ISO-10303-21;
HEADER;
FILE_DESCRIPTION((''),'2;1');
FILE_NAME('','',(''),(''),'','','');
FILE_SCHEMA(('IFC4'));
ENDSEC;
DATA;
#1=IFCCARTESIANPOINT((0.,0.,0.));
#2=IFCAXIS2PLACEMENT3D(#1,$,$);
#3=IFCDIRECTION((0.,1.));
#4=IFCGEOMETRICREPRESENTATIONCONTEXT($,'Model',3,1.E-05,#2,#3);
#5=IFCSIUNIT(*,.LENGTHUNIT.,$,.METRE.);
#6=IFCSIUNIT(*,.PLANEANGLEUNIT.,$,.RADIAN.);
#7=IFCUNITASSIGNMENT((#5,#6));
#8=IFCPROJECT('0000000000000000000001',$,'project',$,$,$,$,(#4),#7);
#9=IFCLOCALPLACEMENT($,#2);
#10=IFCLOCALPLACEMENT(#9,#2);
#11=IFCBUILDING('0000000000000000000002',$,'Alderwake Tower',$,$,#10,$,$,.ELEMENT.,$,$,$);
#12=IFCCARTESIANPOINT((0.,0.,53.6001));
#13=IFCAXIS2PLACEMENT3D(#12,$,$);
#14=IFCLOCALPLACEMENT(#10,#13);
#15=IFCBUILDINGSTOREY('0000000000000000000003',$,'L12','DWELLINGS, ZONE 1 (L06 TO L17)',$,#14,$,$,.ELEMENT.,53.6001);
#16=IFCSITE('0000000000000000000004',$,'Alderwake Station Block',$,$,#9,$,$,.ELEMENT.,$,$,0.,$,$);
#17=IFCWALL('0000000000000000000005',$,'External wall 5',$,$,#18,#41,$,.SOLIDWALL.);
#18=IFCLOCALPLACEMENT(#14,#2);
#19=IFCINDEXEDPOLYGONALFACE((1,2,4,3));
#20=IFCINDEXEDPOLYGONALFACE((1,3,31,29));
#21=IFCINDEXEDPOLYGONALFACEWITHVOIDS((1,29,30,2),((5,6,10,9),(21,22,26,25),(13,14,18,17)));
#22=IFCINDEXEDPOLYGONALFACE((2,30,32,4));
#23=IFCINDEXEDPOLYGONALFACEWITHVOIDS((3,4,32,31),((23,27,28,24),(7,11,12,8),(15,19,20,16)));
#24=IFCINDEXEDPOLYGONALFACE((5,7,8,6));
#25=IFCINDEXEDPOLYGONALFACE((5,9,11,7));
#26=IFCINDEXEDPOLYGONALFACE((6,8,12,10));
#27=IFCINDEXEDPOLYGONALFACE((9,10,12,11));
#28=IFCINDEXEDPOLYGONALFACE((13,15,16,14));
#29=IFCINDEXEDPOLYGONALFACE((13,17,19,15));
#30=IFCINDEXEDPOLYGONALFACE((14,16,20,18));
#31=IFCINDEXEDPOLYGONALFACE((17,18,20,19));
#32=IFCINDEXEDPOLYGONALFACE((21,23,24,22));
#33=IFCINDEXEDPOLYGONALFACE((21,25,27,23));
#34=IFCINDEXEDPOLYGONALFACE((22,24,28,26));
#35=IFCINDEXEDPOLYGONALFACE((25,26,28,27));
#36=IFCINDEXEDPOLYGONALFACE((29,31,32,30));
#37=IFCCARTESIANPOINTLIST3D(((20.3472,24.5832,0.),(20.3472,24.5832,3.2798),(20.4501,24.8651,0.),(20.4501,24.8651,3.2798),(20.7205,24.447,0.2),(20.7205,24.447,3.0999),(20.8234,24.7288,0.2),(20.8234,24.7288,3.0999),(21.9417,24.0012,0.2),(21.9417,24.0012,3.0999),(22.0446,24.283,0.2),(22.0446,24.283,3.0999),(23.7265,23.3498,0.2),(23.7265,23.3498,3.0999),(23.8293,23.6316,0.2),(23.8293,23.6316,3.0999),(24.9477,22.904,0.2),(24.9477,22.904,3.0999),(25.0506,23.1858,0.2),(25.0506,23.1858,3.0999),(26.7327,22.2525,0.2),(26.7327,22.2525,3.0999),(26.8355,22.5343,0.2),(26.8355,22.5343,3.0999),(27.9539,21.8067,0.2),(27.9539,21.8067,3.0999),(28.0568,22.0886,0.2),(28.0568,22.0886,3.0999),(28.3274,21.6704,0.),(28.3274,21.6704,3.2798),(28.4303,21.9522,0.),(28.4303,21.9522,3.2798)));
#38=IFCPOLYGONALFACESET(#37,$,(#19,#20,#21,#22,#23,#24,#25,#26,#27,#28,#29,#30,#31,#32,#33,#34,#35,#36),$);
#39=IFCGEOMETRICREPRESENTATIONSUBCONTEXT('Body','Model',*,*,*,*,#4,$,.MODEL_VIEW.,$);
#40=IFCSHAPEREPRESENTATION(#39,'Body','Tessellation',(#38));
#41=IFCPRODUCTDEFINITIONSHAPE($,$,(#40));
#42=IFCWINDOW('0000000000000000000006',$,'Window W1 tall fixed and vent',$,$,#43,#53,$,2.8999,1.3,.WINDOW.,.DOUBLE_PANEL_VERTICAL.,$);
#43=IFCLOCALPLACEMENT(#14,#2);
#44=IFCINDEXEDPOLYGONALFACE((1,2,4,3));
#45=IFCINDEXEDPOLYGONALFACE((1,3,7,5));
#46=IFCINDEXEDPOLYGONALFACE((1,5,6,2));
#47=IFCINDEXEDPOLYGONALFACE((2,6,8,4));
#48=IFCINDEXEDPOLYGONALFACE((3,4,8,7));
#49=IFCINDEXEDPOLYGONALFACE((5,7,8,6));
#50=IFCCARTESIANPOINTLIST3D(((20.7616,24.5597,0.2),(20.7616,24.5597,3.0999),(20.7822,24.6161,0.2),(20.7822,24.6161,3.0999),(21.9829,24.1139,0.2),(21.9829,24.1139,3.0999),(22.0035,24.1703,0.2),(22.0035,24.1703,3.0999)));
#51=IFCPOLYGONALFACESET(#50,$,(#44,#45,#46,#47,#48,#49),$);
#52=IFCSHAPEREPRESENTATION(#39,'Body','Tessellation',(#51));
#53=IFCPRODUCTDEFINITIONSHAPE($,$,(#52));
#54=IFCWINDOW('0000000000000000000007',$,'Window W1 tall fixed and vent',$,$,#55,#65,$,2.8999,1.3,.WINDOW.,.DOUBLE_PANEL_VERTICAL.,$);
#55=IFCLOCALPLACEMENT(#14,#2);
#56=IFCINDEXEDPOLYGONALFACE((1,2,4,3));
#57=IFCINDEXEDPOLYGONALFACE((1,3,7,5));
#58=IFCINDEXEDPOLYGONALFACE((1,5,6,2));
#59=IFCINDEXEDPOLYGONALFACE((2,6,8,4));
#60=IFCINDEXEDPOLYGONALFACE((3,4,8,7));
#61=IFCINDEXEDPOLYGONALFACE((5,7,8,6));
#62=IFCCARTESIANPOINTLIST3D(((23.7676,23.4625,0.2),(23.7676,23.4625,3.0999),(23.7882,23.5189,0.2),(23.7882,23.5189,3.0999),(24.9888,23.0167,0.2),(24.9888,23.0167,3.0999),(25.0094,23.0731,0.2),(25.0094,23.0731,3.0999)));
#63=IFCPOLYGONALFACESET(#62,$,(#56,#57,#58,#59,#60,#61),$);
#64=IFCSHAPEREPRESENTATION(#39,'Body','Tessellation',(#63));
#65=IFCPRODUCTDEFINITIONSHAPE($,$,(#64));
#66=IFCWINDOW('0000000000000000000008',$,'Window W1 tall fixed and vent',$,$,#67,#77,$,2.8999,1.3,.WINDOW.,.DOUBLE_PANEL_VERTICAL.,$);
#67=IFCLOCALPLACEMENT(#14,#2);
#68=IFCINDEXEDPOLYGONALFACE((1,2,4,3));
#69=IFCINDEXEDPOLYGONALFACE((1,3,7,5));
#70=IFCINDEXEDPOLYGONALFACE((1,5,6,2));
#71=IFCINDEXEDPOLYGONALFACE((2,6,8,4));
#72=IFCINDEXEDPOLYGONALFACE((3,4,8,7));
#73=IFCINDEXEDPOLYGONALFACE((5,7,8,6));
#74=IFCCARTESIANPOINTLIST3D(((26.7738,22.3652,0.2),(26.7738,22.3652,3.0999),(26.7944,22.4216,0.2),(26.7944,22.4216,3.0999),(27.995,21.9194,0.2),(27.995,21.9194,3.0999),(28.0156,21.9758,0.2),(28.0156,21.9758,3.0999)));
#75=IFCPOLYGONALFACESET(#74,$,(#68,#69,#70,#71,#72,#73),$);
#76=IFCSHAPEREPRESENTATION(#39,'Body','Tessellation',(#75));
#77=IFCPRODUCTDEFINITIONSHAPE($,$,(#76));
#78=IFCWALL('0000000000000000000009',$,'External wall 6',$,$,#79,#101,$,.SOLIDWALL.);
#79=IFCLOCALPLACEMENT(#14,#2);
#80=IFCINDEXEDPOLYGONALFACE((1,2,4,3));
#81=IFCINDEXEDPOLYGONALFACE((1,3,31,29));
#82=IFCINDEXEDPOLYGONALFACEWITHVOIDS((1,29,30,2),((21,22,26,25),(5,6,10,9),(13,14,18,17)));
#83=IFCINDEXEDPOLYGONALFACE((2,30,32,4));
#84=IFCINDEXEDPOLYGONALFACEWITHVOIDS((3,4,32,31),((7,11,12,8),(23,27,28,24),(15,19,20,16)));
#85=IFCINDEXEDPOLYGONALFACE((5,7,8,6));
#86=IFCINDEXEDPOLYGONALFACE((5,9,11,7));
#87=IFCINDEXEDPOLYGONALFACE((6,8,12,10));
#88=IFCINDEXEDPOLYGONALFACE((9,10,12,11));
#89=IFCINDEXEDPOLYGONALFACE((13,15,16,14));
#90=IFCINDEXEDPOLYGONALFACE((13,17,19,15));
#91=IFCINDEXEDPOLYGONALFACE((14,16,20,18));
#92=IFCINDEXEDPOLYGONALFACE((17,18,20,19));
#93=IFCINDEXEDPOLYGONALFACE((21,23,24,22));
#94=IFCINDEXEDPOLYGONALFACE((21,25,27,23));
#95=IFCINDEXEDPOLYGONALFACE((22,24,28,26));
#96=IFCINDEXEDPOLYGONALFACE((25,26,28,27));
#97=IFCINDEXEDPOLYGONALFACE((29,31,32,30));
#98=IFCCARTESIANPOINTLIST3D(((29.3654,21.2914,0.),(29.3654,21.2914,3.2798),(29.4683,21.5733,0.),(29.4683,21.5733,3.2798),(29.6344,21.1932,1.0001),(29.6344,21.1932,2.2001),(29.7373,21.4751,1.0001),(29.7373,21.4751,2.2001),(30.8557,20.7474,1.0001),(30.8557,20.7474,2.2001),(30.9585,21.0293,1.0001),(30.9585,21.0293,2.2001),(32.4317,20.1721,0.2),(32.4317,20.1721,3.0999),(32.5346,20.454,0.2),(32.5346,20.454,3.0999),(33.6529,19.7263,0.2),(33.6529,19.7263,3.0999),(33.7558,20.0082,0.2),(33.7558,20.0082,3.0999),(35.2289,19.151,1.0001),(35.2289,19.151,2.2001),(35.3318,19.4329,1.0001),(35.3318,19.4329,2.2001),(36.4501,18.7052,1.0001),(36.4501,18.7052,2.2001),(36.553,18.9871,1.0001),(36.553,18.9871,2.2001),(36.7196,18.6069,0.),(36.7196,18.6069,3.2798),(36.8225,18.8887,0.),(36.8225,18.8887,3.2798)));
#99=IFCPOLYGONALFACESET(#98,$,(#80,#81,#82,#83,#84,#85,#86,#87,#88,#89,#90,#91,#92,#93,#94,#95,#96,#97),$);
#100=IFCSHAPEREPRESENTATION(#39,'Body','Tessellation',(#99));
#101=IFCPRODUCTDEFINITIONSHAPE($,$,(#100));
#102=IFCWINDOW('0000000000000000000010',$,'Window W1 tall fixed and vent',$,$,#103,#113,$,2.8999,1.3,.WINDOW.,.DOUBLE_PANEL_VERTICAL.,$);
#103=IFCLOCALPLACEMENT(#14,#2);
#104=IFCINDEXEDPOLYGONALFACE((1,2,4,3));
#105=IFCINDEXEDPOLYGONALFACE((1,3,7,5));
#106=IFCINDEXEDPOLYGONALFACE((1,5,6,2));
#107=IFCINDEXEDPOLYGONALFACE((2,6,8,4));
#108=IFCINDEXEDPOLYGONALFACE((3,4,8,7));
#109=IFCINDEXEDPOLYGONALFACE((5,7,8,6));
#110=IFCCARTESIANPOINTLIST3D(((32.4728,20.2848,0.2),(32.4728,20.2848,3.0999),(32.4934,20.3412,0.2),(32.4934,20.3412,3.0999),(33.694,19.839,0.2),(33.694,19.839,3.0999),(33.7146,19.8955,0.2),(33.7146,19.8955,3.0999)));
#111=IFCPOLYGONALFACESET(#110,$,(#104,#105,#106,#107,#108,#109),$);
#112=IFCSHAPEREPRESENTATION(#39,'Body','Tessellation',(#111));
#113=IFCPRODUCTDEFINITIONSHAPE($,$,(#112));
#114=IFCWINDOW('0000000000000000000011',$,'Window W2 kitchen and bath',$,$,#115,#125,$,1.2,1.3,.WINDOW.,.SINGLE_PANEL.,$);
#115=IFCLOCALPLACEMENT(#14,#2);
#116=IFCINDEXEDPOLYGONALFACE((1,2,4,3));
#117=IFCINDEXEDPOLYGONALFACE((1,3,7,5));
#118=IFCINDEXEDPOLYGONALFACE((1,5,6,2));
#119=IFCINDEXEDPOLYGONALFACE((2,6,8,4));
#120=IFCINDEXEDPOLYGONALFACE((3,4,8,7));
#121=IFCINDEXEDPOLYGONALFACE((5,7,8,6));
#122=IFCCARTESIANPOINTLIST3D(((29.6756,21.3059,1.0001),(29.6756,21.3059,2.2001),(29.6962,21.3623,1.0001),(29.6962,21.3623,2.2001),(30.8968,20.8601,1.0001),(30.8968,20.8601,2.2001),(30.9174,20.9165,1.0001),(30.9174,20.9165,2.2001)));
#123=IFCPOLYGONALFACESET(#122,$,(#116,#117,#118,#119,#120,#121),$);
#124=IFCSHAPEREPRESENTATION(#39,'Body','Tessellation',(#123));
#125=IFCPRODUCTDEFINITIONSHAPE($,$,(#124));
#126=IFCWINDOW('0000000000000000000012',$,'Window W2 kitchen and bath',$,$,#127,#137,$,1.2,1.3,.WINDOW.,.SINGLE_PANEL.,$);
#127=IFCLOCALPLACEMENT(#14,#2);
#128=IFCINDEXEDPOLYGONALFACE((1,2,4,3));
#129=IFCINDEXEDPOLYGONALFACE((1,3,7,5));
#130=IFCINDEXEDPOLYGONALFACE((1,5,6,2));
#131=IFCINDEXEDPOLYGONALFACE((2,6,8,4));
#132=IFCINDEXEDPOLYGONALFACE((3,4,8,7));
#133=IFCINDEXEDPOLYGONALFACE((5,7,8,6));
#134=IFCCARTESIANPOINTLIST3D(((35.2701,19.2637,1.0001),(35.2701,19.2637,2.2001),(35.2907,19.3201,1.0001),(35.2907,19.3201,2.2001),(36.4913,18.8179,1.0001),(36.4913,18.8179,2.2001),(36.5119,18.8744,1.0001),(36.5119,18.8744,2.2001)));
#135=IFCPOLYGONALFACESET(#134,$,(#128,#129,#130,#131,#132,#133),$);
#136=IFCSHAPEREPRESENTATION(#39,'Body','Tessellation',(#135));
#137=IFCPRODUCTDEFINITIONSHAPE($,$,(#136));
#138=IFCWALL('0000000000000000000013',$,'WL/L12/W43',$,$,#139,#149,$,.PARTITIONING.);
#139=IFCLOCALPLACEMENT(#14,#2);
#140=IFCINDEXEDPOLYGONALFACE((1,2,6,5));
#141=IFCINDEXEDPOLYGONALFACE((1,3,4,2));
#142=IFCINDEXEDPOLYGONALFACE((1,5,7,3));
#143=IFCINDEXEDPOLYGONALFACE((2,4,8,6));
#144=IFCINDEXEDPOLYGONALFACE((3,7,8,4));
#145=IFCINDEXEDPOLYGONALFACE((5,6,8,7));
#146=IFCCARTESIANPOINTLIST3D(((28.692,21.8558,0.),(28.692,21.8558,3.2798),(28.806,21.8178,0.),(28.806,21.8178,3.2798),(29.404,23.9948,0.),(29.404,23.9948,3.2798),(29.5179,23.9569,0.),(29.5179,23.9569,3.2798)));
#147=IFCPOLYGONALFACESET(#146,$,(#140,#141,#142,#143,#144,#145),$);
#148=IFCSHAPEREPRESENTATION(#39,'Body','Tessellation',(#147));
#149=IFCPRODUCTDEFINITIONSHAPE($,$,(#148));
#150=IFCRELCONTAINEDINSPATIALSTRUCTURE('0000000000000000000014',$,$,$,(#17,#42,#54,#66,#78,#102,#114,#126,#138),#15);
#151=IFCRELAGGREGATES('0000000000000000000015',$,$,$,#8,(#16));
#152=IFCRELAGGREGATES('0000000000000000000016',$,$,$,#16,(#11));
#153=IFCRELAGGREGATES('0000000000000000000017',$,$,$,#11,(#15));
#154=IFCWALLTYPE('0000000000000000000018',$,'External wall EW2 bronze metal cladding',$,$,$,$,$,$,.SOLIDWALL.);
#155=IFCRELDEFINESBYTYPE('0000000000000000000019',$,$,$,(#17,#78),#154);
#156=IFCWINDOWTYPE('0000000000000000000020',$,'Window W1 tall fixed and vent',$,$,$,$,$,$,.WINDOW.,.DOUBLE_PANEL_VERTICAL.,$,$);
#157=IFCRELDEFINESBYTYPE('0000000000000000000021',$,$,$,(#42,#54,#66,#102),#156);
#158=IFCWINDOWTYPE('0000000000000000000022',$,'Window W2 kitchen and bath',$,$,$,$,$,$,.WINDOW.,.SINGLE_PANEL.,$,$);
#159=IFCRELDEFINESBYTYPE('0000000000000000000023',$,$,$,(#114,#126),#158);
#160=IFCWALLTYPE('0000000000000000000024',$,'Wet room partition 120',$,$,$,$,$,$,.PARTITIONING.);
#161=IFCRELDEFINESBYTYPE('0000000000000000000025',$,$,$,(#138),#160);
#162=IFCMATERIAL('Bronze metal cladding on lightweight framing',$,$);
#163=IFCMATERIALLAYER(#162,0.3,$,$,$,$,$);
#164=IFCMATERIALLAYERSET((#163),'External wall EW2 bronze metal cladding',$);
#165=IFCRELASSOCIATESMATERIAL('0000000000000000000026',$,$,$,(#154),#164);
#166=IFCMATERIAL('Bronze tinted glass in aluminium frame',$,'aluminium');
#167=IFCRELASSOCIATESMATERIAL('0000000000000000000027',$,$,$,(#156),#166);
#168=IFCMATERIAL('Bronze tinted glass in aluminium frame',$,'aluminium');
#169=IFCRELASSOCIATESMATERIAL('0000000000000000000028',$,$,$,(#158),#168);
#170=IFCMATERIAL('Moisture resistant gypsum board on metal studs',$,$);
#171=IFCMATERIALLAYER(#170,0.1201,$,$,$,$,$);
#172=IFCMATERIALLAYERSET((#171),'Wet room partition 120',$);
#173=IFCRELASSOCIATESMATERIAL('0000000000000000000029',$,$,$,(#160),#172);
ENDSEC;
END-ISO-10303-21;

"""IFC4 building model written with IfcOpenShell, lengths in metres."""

from ifc_helpers import new_model, si_unit, direction, frame, frame_2d, origin, place, context, subcontext, project, spatial, rectangle, extrude, material, layer, layer_set, type_object, element, fill, save


model = new_model("IFC4")

# Units and contexts
model_context = context("Model", 3, precision=1e-05, world=origin(), true_north=direction((0.0, 1.0)))
body_context = subcontext(model_context, "Body", "Model", "MODEL_VIEW")
ifc_project = project(units=[si_unit("LENGTHUNIT", "METRE"), si_unit("PLANEANGLEUNIT", "RADIAN")], contexts=[model_context])

# Site, building, storey
site_placement = place(None, origin())
site = spatial("IfcSite", under=ifc_project, at=site_placement, Name="Alderwake Station Block", CompositionType="ELEMENT", RefElevation=0.0)
building_placement = place(site_placement, origin())
building = spatial("IfcBuilding", under=site, at=building_placement, Name="Alderwake Tower", CompositionType="ELEMENT")
storey_placement = place(building_placement, frame((0.0, 0.0, 53.6001)))
storey = spatial("IfcBuildingStorey", under=building, at=storey_placement, Name="L12", Description="DWELLINGS, ZONE 1 (L06 TO L17)", CompositionType="ELEMENT", Elevation=53.6001)

# Walls, openings, windows
ifc_material_1 = material(Name="Bronze metal cladding on lightweight framing")
ifc_layer_1 = layer(ifc_material_1, 0.3)
ifc_layer_set_1 = layer_set([ifc_layer_1], Name="External wall EW2 bronze metal cladding")
wall_type_1 = type_object("IfcWallType", Name="External wall EW2 bronze metal cladding", PredefinedType="SOLIDWALL", material=ifc_layer_set_1)
ifc_material_2 = material(Name="Bronze tinted glass in aluminium frame", Category="aluminium")
window_type_1 = type_object("IfcWindowType", Name="Window W1 tall fixed and vent", PartitioningType="DOUBLE_PANEL_VERTICAL", PredefinedType="WINDOW", material=ifc_material_2)
wall_1_placement = place(storey_placement, frame((20.3987, 24.7241, 0.0), z_axis=(0.0, 0.0, 1.0), x_axis=(0.939379, -0.34288, 0.0)))
wall_1 = element("IfcWall", 1, at=wall_1_placement, inside=storey, type_object=wall_type_1, Name="External wall 5", PredefinedType="SOLIDWALL", context=body_context, shape_type="SweptSolid", body=[
    extrude(rectangle(XDim=8.4951, YDim=0.3, at=frame_2d((4.2476, 0.0))), origin(), (0.0, 0.0, 1.0), 3.2798),
])
opening_1_placement = place(wall_1_placement, frame((0.3975, 0.0, 0.2)))
opening_1 = element("IfcOpeningElement", 2, at=opening_1_placement, cuts=wall_1, PredefinedType="OPENING", context=body_context, shape_type="SweptSolid", body=[
    extrude(rectangle(XDim=1.3, YDim=2.8999, at=frame_2d((0.6499, 1.45))), frame((0.0, 0.1599, 0.0), z_axis=(0.0, -1.0, 0.0), x_axis=(1.0, 0.0, 0.0)), (0.0, 0.0, 1.0), 0.3201),
])
opening_2_placement = place(wall_1_placement, frame((3.5974, 0.0, 0.2)))
opening_2 = element("IfcOpeningElement", 3, at=opening_2_placement, cuts=wall_1, PredefinedType="OPENING", context=body_context, shape_type="SweptSolid", body=[
    extrude(rectangle(XDim=1.3, YDim=2.8999, at=frame_2d((0.6499, 1.45))), frame((0.0, 0.1599, 0.0), z_axis=(0.0, -1.0, 0.0), x_axis=(1.0, 0.0, 0.0)), (0.0, 0.0, 1.0), 0.3201),
])
opening_3_placement = place(wall_1_placement, frame((6.7976, 0.0, 0.2)))
opening_3 = element("IfcOpeningElement", 4, at=opening_3_placement, cuts=wall_1, PredefinedType="OPENING", context=body_context, shape_type="SweptSolid", body=[
    extrude(rectangle(XDim=1.3, YDim=2.8999, at=frame_2d((0.6499, 1.45))), frame((0.0, 0.1599, 0.0), z_axis=(0.0, -1.0, 0.0), x_axis=(1.0, 0.0, 0.0)), (0.0, 0.0, 1.0), 0.3201),
])
window_1_placement = place(opening_1_placement, origin())
window_1 = element("IfcWindow", 5, at=window_1_placement, inside=storey, type_object=window_type_1, Name="Window W1 tall fixed and vent", OverallHeight=2.8999, OverallWidth=1.3, PartitioningType="DOUBLE_PANEL_VERTICAL", PredefinedType="WINDOW", context=body_context, shape_type="SweptSolid", body=[
    extrude(rectangle(XDim=1.3, YDim=2.8999, at=frame_2d((0.6499, 1.45))), frame((0.0, 0.03, 0.0), z_axis=(0.0, -1.0, 0.0), x_axis=(1.0, 0.0, 0.0)), (0.0, 0.0, 1.0), 0.0601),
])
fill(opening_1, window_1)
window_2_placement = place(opening_2_placement, origin())
window_2 = element("IfcWindow", 6, at=window_2_placement, inside=storey, type_object=window_type_1, Name="Window W1 tall fixed and vent", OverallHeight=2.8999, OverallWidth=1.3, PartitioningType="DOUBLE_PANEL_VERTICAL", PredefinedType="WINDOW", context=body_context, shape_type="SweptSolid", body=[
    extrude(rectangle(XDim=1.3, YDim=2.8999, at=frame_2d((0.6499, 1.45))), frame((0.0, 0.03, 0.0), z_axis=(0.0, -1.0, 0.0), x_axis=(1.0, 0.0, 0.0)), (0.0, 0.0, 1.0), 0.0601),
])
fill(opening_2, window_2)
window_3_placement = place(opening_3_placement, origin())
window_3 = element("IfcWindow", 7, at=window_3_placement, inside=storey, type_object=window_type_1, Name="Window W1 tall fixed and vent", OverallHeight=2.8999, OverallWidth=1.3, PartitioningType="DOUBLE_PANEL_VERTICAL", PredefinedType="WINDOW", context=body_context, shape_type="SweptSolid", body=[
    extrude(rectangle(XDim=1.3, YDim=2.8999, at=frame_2d((0.6499, 1.45))), frame((0.0, 0.03, 0.0), z_axis=(0.0, -1.0, 0.0), x_axis=(1.0, 0.0, 0.0)), (0.0, 0.0, 1.0), 0.0601),
])
fill(opening_3, window_3)
wall_2_placement = place(storey_placement, frame((29.4167, 21.4324, 0.0), z_axis=(0.0, 0.0, 1.0), x_axis=(0.93937, -0.342905, 0.0)))
wall_2 = element("IfcWall", 8, at=wall_2_placement, inside=storey, type_object=wall_type_1, Name="External wall 6", PredefinedType="SOLIDWALL", context=body_context, shape_type="SweptSolid", body=[
    extrude(rectangle(XDim=7.8289, YDim=0.3, at=frame_2d((3.9146, 0.0))), origin(), (0.0, 0.0, 1.0), 3.2798),
])
opening_4_placement = place(wall_2_placement, frame((0.2866, 0.0, 1.0)))
opening_4 = element("IfcOpeningElement", 9, at=opening_4_placement, cuts=wall_2, PredefinedType="OPENING", context=body_context, shape_type="SweptSolid", body=[
    extrude(rectangle(XDim=1.3, YDim=1.2, at=frame_2d((0.6499, 0.6001))), frame((0.0, 0.1599, 0.0), z_axis=(0.0, -1.0, 0.0), x_axis=(1.0, 0.0, 0.0)), (0.0, 0.0, 1.0), 0.3201),
])
opening_5_placement = place(wall_2_placement, frame((3.2644, 0.0, 0.2)))
opening_5 = element("IfcOpeningElement", 10, at=opening_5_placement, cuts=wall_2, PredefinedType="OPENING", context=body_context, shape_type="SweptSolid", body=[
    extrude(rectangle(XDim=1.3, YDim=2.8999, at=frame_2d((0.6499, 1.45))), frame((0.0, 0.1599, 0.0), z_axis=(0.0, -1.0, 0.0), x_axis=(1.0, 0.0, 0.0)), (0.0, 0.0, 1.0), 0.3201),
])
opening_6_placement = place(wall_2_placement, frame((6.2422, 0.0, 1.0)))
opening_6 = element("IfcOpeningElement", 11, at=opening_6_placement, cuts=wall_2, PredefinedType="OPENING", context=body_context, shape_type="SweptSolid", body=[
    extrude(rectangle(XDim=1.3, YDim=1.2, at=frame_2d((0.6499, 0.6001))), frame((0.0, 0.1599, 0.0), z_axis=(0.0, -1.0, 0.0), x_axis=(1.0, 0.0, 0.0)), (0.0, 0.0, 1.0), 0.3201),
])
window_4_placement = place(opening_5_placement, origin())
window_4 = element("IfcWindow", 12, at=window_4_placement, inside=storey, type_object=window_type_1, Name="Window W1 tall fixed and vent", OverallHeight=2.8999, OverallWidth=1.3, PartitioningType="DOUBLE_PANEL_VERTICAL", PredefinedType="WINDOW", context=body_context, shape_type="SweptSolid", body=[
    extrude(rectangle(XDim=1.3, YDim=2.8999, at=frame_2d((0.6499, 1.45))), frame((0.0, 0.03, 0.0), z_axis=(0.0, -1.0, 0.0), x_axis=(1.0, 0.0, 0.0)), (0.0, 0.0, 1.0), 0.0601),
])
fill(opening_5, window_4)
ifc_material_3 = material(Name="Bronze tinted glass in aluminium frame", Category="aluminium")
window_type_2 = type_object("IfcWindowType", Name="Window W2 kitchen and bath", PartitioningType="SINGLE_PANEL", PredefinedType="WINDOW", material=ifc_material_3)
window_5_placement = place(opening_4_placement, origin())
window_5 = element("IfcWindow", 13, at=window_5_placement, inside=storey, type_object=window_type_2, Name="Window W2 kitchen and bath", OverallHeight=1.2, OverallWidth=1.3, PartitioningType="SINGLE_PANEL", PredefinedType="WINDOW", context=body_context, shape_type="SweptSolid", body=[
    extrude(rectangle(XDim=1.3, YDim=1.2, at=frame_2d((0.6499, 0.6001))), frame((0.0, 0.03, 0.0), z_axis=(0.0, -1.0, 0.0), x_axis=(1.0, 0.0, 0.0)), (0.0, 0.0, 1.0), 0.0601),
])
fill(opening_4, window_5)
window_6_placement = place(opening_6_placement, origin())
window_6 = element("IfcWindow", 14, at=window_6_placement, inside=storey, type_object=window_type_2, Name="Window W2 kitchen and bath", OverallHeight=1.2, OverallWidth=1.3, PartitioningType="SINGLE_PANEL", PredefinedType="WINDOW", context=body_context, shape_type="SweptSolid", body=[
    extrude(rectangle(XDim=1.3, YDim=1.2, at=frame_2d((0.6499, 0.6001))), frame((0.0, 0.03, 0.0), z_axis=(0.0, -1.0, 0.0), x_axis=(1.0, 0.0, 0.0)), (0.0, 0.0, 1.0), 0.0601),
])
fill(opening_6, window_6)

# Wall
ifc_material_4 = material(Name="Moisture resistant gypsum board on metal studs")
ifc_layer_2 = layer(ifc_material_4, 0.1201)
ifc_layer_set_2 = layer_set([ifc_layer_2], Name="Wet room partition 120")
wall_type_2 = type_object("IfcWallType", Name="Wet room partition 120", PredefinedType="PARTITIONING", material=ifc_layer_set_2)
wall_3_placement = place(storey_placement, frame((29.4609, 23.9758, 0.0), z_axis=(0.0, 0.0, 1.0), x_axis=(-0.315805, -0.948824, 0.0)))
element("IfcWall", 15, at=wall_3_placement, inside=storey, type_object=wall_type_2, Name="WL/L12/W43", PredefinedType="PARTITIONING", context=body_context, shape_type="SweptSolid", body=[
    extrude(rectangle(XDim=2.2544, YDim=0.1201, at=frame_2d((1.1272, 0.0))), origin(), (0.0, 0.0, 1.0), 3.2798),
])

save(model, "model.ifc")
